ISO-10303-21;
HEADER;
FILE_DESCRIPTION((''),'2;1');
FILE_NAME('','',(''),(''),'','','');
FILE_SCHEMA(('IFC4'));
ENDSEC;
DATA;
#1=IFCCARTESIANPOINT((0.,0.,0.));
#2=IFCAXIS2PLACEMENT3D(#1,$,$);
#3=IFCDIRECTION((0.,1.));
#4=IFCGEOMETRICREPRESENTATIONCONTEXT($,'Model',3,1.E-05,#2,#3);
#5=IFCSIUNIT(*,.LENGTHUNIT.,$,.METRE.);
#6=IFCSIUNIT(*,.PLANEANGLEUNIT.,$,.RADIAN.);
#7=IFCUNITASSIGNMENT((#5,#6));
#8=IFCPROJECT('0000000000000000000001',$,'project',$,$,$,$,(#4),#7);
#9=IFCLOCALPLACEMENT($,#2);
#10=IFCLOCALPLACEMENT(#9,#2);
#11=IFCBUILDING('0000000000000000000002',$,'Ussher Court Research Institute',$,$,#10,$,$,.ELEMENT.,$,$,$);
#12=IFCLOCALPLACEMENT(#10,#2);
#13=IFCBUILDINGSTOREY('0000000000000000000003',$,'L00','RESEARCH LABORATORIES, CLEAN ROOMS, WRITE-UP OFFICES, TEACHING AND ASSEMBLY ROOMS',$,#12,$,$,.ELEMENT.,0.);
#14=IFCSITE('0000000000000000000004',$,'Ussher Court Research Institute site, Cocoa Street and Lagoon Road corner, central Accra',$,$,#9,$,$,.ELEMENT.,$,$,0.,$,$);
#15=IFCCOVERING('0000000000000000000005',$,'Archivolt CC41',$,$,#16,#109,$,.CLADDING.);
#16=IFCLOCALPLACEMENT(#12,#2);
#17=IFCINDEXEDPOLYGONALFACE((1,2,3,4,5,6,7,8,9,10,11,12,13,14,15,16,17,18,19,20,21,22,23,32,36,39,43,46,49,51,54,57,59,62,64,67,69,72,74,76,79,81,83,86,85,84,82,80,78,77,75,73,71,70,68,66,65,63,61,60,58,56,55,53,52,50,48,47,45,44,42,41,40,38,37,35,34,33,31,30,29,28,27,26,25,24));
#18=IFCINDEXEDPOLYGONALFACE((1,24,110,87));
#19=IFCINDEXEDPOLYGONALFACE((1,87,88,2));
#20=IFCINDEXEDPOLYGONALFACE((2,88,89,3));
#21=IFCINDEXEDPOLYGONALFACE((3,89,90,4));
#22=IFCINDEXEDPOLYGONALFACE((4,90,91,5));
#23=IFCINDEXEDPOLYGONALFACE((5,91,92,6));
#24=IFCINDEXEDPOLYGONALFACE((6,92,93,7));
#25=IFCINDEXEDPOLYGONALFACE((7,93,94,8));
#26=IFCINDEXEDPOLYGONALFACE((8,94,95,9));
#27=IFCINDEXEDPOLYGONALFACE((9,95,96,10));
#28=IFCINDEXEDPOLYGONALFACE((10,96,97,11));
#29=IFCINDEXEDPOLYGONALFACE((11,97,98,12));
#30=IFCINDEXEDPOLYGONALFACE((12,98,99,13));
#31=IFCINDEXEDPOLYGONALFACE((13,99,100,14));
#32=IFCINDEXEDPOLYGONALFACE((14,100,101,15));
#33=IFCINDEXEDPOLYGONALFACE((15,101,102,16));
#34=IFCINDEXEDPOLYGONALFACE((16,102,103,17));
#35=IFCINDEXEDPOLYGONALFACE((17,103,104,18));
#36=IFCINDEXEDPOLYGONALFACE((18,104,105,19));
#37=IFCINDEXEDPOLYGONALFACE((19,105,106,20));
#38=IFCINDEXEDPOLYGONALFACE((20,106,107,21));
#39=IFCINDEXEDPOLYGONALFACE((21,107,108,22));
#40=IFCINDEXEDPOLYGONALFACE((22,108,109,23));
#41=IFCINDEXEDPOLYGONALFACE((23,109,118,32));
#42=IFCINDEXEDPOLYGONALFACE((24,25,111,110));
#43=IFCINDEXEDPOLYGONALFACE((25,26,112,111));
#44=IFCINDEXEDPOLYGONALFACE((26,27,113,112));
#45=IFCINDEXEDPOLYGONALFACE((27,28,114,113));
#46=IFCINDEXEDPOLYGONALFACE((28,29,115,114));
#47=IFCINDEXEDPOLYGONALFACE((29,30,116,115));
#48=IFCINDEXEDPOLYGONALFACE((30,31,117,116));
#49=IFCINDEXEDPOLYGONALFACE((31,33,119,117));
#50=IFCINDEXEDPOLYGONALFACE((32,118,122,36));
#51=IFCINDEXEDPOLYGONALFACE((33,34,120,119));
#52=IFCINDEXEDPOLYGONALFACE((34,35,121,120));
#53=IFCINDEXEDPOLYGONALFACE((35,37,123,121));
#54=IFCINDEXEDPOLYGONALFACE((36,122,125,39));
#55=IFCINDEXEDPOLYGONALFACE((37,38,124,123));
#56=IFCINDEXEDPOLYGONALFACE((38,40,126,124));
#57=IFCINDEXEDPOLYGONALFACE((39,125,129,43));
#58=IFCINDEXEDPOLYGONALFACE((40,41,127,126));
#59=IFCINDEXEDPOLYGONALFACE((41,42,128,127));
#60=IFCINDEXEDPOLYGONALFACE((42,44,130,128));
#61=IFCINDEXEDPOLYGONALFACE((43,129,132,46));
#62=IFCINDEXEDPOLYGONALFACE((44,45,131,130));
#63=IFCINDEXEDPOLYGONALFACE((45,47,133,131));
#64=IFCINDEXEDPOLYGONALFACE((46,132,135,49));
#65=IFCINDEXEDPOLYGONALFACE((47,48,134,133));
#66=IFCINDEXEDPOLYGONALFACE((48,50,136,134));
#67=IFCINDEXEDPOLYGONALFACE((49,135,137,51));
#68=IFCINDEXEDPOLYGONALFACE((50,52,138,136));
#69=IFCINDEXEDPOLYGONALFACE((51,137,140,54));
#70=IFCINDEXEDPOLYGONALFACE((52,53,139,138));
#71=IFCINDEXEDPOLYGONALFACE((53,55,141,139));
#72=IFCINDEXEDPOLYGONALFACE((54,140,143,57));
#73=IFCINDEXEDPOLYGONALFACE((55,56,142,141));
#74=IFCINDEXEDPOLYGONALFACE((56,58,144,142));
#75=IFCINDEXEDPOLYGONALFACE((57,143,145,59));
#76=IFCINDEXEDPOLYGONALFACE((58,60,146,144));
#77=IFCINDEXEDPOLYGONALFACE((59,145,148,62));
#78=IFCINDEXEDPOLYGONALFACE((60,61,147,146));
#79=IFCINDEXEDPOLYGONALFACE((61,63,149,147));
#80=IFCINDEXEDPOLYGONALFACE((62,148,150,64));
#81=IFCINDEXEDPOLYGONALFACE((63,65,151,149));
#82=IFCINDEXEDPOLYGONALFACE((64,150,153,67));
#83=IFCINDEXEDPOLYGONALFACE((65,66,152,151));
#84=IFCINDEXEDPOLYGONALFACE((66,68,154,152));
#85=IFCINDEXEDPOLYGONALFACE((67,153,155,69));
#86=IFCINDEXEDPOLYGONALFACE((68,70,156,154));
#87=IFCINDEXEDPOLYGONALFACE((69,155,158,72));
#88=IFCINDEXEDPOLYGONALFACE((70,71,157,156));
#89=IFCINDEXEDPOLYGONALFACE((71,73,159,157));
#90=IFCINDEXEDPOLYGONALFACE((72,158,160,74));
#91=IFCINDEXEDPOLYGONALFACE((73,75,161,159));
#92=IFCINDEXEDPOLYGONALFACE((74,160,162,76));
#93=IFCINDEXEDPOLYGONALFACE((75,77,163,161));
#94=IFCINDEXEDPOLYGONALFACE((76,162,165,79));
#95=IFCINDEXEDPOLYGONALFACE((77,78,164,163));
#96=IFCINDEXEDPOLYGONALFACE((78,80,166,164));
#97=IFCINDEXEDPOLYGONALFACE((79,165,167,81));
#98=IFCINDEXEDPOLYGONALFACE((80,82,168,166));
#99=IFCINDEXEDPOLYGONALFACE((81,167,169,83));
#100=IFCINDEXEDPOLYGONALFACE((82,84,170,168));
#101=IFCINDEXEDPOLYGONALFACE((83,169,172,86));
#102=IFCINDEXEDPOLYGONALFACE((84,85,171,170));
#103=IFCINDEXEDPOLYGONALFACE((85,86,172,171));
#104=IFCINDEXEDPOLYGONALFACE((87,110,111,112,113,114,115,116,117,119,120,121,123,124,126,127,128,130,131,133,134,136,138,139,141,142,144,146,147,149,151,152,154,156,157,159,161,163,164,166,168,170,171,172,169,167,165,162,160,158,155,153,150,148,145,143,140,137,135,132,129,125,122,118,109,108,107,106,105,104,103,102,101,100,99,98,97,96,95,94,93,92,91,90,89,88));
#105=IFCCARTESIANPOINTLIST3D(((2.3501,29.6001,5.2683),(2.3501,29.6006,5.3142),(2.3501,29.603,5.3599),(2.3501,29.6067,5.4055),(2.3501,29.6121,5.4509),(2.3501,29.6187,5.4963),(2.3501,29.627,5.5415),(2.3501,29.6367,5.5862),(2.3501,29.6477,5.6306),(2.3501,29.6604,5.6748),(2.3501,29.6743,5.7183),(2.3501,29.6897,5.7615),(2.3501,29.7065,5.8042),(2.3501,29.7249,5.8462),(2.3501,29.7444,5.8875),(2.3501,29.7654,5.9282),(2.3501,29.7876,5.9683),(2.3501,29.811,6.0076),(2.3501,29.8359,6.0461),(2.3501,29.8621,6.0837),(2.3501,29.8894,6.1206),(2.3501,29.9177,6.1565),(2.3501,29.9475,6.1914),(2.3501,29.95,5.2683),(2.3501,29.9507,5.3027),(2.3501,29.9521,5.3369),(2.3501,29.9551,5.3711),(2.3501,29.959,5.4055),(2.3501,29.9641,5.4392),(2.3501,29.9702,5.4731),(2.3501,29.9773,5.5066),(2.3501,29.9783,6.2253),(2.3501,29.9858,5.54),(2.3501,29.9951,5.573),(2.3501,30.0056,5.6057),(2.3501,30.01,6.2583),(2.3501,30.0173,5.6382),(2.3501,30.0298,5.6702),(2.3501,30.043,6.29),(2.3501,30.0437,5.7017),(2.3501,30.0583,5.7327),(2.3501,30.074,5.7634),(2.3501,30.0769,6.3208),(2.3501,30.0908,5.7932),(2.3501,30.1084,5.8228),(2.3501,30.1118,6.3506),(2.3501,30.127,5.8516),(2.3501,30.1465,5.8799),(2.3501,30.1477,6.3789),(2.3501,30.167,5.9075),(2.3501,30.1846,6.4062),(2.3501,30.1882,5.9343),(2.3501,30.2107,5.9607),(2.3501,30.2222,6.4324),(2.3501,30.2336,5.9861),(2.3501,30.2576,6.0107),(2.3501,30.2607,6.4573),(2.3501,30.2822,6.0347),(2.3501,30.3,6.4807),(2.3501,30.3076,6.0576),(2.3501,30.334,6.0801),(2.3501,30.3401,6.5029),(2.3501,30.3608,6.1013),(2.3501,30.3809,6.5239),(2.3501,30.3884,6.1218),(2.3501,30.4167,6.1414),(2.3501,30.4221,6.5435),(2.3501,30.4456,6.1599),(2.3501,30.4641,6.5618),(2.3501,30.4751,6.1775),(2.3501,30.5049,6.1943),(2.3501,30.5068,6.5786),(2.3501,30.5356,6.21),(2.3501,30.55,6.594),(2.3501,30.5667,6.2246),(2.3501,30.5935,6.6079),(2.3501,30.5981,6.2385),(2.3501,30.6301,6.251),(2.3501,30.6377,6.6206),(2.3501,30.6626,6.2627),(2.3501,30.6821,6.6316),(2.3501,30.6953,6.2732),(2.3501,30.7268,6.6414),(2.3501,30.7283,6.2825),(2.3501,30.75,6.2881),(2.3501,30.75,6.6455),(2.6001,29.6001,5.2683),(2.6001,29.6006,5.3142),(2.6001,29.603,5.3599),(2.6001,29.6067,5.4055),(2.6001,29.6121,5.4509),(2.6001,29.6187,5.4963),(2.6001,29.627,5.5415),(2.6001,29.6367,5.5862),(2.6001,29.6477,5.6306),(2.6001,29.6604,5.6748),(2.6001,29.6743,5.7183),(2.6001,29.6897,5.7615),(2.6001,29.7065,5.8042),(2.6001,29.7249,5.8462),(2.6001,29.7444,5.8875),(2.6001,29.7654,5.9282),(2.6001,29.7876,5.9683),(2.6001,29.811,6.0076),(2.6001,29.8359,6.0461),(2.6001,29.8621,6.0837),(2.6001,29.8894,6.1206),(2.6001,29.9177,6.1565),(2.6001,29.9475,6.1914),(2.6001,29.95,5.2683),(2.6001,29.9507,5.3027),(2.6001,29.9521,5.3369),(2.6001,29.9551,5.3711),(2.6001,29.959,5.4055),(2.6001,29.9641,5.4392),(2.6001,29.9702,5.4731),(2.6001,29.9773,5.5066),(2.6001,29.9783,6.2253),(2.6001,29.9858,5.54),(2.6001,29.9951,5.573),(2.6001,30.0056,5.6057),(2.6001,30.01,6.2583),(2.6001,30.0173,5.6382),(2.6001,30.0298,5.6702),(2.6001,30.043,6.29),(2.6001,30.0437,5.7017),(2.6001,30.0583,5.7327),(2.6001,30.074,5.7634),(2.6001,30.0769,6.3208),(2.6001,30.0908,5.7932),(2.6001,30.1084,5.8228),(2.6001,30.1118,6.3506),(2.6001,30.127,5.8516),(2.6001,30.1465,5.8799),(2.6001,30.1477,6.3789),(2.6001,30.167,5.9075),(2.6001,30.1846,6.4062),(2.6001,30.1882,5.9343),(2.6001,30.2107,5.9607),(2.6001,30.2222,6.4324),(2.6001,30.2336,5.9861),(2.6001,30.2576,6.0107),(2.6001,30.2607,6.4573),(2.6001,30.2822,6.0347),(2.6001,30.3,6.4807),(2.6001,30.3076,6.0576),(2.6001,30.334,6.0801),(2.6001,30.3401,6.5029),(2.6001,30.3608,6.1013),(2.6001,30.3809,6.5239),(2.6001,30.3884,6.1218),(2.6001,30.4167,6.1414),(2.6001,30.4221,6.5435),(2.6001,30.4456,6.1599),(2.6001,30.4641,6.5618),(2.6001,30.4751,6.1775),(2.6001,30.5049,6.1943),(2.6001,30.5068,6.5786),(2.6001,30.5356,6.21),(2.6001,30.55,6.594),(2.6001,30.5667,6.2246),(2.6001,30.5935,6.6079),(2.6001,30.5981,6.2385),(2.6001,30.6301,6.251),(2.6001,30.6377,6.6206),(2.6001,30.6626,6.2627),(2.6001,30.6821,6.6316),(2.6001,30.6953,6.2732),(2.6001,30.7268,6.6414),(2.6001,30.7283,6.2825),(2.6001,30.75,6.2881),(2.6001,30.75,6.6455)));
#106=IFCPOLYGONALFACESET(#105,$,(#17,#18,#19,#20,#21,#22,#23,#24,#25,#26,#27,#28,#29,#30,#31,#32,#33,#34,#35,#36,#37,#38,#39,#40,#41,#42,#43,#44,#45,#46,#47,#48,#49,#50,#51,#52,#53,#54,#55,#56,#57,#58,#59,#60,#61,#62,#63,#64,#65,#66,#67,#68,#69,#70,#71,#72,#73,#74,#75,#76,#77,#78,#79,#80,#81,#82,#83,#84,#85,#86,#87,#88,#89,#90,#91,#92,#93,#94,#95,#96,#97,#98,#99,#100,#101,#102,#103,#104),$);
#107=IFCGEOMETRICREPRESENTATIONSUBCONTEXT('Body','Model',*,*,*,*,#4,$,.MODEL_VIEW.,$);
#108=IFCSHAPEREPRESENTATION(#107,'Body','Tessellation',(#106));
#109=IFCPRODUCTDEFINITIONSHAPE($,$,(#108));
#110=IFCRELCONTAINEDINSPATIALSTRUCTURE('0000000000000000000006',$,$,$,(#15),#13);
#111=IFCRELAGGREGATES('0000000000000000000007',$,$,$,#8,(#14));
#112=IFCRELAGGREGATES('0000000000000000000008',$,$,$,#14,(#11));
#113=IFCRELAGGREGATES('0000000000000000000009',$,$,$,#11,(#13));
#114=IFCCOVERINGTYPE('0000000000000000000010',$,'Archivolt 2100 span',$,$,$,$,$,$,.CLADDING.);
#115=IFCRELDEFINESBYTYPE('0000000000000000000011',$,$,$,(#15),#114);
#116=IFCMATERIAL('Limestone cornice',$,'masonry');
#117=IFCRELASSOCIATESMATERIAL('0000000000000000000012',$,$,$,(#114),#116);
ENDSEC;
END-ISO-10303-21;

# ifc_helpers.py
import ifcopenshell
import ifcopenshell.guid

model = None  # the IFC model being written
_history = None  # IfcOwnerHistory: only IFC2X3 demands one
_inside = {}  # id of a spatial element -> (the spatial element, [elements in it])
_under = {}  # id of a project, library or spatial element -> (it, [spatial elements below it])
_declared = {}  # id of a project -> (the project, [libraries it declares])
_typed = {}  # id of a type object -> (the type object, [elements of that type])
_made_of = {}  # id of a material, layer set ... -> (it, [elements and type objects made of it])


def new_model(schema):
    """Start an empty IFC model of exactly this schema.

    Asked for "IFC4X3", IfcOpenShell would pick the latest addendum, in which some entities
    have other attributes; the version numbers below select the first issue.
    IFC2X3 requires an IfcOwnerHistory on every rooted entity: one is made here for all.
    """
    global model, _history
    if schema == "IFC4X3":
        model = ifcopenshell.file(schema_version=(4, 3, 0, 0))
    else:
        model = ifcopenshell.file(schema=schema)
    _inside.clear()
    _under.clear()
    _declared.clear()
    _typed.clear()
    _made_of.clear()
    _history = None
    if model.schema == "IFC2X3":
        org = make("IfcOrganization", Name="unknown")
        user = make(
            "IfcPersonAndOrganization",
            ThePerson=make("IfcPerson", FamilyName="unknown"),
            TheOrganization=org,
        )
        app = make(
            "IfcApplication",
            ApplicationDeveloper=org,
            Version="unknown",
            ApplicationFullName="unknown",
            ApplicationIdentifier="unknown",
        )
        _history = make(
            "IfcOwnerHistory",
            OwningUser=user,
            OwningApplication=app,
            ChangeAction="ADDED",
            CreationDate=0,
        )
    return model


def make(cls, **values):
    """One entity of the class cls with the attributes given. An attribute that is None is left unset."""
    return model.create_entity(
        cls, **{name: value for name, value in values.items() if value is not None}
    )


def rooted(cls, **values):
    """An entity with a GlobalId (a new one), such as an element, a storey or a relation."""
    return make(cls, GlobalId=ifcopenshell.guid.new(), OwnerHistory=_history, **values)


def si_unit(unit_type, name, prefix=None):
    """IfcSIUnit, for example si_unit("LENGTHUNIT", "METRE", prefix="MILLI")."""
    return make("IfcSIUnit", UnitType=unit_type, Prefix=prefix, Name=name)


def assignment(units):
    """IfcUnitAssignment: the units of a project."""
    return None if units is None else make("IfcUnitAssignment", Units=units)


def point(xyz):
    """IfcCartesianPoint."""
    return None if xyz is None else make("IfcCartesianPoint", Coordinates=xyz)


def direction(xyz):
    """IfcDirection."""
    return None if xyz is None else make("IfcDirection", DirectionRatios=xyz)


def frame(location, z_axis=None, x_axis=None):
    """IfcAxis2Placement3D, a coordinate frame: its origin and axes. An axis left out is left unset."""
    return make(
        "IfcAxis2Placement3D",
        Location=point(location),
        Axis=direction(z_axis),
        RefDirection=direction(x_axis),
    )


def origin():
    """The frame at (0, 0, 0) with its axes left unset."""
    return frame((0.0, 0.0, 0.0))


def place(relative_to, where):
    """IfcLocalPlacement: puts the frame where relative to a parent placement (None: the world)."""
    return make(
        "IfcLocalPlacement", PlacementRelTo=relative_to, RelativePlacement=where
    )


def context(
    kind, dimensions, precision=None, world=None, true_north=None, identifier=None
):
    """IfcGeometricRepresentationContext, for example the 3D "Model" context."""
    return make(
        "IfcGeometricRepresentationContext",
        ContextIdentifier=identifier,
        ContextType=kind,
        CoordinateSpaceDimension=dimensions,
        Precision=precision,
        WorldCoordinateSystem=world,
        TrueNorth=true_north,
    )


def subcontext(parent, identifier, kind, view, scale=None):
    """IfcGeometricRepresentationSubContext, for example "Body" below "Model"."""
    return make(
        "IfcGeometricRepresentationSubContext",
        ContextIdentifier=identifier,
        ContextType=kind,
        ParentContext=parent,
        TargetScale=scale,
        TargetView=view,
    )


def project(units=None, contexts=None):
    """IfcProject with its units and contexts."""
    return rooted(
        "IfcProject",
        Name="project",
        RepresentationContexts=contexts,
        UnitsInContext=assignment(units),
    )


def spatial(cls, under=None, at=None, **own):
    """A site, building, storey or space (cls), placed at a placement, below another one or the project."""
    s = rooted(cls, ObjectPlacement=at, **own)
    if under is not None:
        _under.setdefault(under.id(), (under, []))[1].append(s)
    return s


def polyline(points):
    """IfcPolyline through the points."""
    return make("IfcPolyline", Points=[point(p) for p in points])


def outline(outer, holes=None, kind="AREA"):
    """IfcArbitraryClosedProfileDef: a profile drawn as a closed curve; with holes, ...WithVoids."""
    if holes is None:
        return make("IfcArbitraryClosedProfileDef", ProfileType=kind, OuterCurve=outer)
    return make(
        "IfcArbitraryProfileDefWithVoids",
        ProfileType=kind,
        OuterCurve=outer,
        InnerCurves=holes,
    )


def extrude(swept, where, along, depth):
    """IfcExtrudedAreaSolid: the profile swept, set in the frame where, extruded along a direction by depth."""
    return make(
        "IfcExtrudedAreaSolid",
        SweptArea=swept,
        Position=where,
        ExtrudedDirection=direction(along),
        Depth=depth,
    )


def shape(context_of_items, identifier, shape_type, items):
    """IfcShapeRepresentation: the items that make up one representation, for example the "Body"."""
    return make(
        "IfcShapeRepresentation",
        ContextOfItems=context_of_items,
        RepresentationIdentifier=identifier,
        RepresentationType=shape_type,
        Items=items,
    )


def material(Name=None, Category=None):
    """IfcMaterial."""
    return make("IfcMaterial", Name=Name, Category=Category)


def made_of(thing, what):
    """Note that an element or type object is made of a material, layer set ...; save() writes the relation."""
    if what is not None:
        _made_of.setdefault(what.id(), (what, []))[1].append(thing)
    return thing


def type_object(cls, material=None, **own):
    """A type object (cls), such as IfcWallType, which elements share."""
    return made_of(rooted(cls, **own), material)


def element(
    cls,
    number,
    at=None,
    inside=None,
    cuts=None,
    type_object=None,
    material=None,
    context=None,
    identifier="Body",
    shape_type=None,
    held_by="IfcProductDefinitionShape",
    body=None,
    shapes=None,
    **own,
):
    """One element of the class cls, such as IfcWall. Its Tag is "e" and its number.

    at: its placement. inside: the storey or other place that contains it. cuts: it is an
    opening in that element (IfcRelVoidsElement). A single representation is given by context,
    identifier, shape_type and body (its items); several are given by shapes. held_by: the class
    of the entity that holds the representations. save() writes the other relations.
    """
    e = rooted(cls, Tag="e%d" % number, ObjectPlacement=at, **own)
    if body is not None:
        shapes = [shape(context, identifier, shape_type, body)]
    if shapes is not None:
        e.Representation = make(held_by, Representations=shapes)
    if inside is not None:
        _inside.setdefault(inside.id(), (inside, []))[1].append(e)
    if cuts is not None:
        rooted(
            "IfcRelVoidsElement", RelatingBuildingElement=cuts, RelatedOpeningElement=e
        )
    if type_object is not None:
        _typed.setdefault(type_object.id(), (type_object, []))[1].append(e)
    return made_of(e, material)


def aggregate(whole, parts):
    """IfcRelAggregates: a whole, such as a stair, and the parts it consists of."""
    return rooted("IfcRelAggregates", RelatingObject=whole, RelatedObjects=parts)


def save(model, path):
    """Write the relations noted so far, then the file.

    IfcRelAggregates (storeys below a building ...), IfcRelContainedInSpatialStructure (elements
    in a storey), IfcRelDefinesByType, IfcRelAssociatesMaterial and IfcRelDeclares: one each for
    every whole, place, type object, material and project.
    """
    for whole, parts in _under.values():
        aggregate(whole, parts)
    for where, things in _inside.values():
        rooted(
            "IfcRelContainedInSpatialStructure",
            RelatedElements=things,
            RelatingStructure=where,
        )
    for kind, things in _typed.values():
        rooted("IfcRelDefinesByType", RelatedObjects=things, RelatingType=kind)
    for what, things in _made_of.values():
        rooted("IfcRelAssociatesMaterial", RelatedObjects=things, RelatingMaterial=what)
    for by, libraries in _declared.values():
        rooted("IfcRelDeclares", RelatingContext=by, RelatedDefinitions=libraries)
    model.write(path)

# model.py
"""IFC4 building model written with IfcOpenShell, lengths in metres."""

from ifc_helpers import new_model, si_unit, direction, frame, origin, place, context, subcontext, project, spatial, polyline, outline, extrude, material, type_object, element, save


model = new_model("IFC4")

# Units and contexts
model_context = context("Model", 3, precision=1e-05, world=origin(), true_north=direction((0.0, 1.0)))
body_context = subcontext(model_context, "Body", "Model", "MODEL_VIEW")
ifc_project = project(units=[si_unit("LENGTHUNIT", "METRE"), si_unit("PLANEANGLEUNIT", "RADIAN")], contexts=[model_context])

# Site, building, storey
site_placement = place(None, origin())
site = spatial("IfcSite", under=ifc_project, at=site_placement, Name="Ussher Court Research Institute site, Cocoa Street and Lagoon Road corner, central Accra", CompositionType="ELEMENT", RefElevation=0.0)
building_placement = place(site_placement, origin())
building = spatial("IfcBuilding", under=site, at=building_placement, Name="Ussher Court Research Institute", CompositionType="ELEMENT")
storey_placement = place(building_placement, origin())
storey = spatial("IfcBuildingStorey", under=building, at=storey_placement, Name="L00", Description="RESEARCH LABORATORIES, CLEAN ROOMS, WRITE-UP OFFICES, TEACHING AND ASSEMBLY ROOMS", CompositionType="ELEMENT", Elevation=0.0)

# Covering
ifc_material_1 = material(Name="Limestone cornice", Category="masonry")
covering_type_1 = type_object("IfcCoveringType", Name="Archivolt 2100 span", PredefinedType="CLADDING", material=ifc_material_1)
covering_1_placement = place(storey_placement, frame((2.3501, 31.0, 5.2683), z_axis=(1.0, 0.0, 0.0), x_axis=(0.0, 1.0, 0.0)))
element("IfcCovering", 1, at=covering_1_placement, inside=storey, type_object=covering_type_1, Name="Archivolt CC41", PredefinedType="CLADDING", context=body_context, shape_type="SweptSolid", body=[
    extrude(outline(polyline([(-0.2732, 1.373), (-0.3179, 1.3633), (-0.3623, 1.3523), (-0.4065, 1.3396), (-0.45, 1.3257), (-0.4932, 1.3103), (-0.5359, 1.2935), (-0.5779, 1.2751), (-0.6191, 1.2556), (-0.6599, 1.2346), (-0.7, 1.2124), (-0.7393, 1.189), (-0.7778, 1.1641), (-0.8154, 1.1379), (-0.8523, 1.1106), (-0.8882, 1.0823), (-0.9231, 1.0525), (-0.957, 1.0217), (-0.99, 0.99), (-1.0217, 0.957), (-1.0525, 0.9231), (-1.0823, 0.8882), (-1.1106, 0.8523), (-1.1379, 0.8154), (-1.1641, 0.7778), (-1.189, 0.7393), (-1.2124, 0.7), (-1.2346, 0.6599), (-1.2556, 0.6191), (-1.2751, 0.5779), (-1.2935, 0.5359), (-1.3103, 0.4932), (-1.3257, 0.45), (-1.3396, 0.4065), (-1.3523, 0.3623), (-1.3633, 0.3179), (-1.373, 0.2732), (-1.3813, 0.228), (-1.3879, 0.1826), (-1.3933, 0.1372), (-1.397, 0.0916), (-1.3994, 0.0459), (-1.3999, 0.0), (-1.05, 0.0), (-1.0493, 0.0344), (-1.0479, 0.0686), (-1.0449, 0.1028), (-1.041, 0.1372), (-1.0359, 0.1709), (-1.0298, 0.2048), (-1.0227, 0.2383), (-1.0142, 0.2717), (-1.0049, 0.3047), (-0.9944, 0.3374), (-0.9827, 0.3699), (-0.9702, 0.4019), (-0.9563, 0.4333), (-0.9417, 0.4644), (-0.926, 0.4951), (-0.9092, 0.5249), (-0.8916, 0.5544), (-0.873, 0.5833), (-0.8535, 0.6116), (-0.833, 0.6392), (-0.8118, 0.666), (-0.7893, 0.6924), (-0.7664, 0.7178), (-0.7424, 0.7424), (-0.7178, 0.7664), (-0.6924, 0.7893), (-0.666, 0.8118), (-0.6392, 0.833), (-0.6116, 0.8535), (-0.5833, 0.873), (-0.5544, 0.8916), (-0.5249, 0.9092), (-0.4951, 0.926), (-0.4644, 0.9417), (-0.4333, 0.9563), (-0.4019, 0.9702), (-0.3699, 0.9827), (-0.3374, 0.9944), (-0.3047, 1.0049), (-0.2717, 1.0142), (-0.25, 1.0198), (-0.25, 1.3772), (-0.2732, 1.373)])), origin(), (0.0, 0.0, 1.0), 0.25),
])

save(model, "model.ifc")
